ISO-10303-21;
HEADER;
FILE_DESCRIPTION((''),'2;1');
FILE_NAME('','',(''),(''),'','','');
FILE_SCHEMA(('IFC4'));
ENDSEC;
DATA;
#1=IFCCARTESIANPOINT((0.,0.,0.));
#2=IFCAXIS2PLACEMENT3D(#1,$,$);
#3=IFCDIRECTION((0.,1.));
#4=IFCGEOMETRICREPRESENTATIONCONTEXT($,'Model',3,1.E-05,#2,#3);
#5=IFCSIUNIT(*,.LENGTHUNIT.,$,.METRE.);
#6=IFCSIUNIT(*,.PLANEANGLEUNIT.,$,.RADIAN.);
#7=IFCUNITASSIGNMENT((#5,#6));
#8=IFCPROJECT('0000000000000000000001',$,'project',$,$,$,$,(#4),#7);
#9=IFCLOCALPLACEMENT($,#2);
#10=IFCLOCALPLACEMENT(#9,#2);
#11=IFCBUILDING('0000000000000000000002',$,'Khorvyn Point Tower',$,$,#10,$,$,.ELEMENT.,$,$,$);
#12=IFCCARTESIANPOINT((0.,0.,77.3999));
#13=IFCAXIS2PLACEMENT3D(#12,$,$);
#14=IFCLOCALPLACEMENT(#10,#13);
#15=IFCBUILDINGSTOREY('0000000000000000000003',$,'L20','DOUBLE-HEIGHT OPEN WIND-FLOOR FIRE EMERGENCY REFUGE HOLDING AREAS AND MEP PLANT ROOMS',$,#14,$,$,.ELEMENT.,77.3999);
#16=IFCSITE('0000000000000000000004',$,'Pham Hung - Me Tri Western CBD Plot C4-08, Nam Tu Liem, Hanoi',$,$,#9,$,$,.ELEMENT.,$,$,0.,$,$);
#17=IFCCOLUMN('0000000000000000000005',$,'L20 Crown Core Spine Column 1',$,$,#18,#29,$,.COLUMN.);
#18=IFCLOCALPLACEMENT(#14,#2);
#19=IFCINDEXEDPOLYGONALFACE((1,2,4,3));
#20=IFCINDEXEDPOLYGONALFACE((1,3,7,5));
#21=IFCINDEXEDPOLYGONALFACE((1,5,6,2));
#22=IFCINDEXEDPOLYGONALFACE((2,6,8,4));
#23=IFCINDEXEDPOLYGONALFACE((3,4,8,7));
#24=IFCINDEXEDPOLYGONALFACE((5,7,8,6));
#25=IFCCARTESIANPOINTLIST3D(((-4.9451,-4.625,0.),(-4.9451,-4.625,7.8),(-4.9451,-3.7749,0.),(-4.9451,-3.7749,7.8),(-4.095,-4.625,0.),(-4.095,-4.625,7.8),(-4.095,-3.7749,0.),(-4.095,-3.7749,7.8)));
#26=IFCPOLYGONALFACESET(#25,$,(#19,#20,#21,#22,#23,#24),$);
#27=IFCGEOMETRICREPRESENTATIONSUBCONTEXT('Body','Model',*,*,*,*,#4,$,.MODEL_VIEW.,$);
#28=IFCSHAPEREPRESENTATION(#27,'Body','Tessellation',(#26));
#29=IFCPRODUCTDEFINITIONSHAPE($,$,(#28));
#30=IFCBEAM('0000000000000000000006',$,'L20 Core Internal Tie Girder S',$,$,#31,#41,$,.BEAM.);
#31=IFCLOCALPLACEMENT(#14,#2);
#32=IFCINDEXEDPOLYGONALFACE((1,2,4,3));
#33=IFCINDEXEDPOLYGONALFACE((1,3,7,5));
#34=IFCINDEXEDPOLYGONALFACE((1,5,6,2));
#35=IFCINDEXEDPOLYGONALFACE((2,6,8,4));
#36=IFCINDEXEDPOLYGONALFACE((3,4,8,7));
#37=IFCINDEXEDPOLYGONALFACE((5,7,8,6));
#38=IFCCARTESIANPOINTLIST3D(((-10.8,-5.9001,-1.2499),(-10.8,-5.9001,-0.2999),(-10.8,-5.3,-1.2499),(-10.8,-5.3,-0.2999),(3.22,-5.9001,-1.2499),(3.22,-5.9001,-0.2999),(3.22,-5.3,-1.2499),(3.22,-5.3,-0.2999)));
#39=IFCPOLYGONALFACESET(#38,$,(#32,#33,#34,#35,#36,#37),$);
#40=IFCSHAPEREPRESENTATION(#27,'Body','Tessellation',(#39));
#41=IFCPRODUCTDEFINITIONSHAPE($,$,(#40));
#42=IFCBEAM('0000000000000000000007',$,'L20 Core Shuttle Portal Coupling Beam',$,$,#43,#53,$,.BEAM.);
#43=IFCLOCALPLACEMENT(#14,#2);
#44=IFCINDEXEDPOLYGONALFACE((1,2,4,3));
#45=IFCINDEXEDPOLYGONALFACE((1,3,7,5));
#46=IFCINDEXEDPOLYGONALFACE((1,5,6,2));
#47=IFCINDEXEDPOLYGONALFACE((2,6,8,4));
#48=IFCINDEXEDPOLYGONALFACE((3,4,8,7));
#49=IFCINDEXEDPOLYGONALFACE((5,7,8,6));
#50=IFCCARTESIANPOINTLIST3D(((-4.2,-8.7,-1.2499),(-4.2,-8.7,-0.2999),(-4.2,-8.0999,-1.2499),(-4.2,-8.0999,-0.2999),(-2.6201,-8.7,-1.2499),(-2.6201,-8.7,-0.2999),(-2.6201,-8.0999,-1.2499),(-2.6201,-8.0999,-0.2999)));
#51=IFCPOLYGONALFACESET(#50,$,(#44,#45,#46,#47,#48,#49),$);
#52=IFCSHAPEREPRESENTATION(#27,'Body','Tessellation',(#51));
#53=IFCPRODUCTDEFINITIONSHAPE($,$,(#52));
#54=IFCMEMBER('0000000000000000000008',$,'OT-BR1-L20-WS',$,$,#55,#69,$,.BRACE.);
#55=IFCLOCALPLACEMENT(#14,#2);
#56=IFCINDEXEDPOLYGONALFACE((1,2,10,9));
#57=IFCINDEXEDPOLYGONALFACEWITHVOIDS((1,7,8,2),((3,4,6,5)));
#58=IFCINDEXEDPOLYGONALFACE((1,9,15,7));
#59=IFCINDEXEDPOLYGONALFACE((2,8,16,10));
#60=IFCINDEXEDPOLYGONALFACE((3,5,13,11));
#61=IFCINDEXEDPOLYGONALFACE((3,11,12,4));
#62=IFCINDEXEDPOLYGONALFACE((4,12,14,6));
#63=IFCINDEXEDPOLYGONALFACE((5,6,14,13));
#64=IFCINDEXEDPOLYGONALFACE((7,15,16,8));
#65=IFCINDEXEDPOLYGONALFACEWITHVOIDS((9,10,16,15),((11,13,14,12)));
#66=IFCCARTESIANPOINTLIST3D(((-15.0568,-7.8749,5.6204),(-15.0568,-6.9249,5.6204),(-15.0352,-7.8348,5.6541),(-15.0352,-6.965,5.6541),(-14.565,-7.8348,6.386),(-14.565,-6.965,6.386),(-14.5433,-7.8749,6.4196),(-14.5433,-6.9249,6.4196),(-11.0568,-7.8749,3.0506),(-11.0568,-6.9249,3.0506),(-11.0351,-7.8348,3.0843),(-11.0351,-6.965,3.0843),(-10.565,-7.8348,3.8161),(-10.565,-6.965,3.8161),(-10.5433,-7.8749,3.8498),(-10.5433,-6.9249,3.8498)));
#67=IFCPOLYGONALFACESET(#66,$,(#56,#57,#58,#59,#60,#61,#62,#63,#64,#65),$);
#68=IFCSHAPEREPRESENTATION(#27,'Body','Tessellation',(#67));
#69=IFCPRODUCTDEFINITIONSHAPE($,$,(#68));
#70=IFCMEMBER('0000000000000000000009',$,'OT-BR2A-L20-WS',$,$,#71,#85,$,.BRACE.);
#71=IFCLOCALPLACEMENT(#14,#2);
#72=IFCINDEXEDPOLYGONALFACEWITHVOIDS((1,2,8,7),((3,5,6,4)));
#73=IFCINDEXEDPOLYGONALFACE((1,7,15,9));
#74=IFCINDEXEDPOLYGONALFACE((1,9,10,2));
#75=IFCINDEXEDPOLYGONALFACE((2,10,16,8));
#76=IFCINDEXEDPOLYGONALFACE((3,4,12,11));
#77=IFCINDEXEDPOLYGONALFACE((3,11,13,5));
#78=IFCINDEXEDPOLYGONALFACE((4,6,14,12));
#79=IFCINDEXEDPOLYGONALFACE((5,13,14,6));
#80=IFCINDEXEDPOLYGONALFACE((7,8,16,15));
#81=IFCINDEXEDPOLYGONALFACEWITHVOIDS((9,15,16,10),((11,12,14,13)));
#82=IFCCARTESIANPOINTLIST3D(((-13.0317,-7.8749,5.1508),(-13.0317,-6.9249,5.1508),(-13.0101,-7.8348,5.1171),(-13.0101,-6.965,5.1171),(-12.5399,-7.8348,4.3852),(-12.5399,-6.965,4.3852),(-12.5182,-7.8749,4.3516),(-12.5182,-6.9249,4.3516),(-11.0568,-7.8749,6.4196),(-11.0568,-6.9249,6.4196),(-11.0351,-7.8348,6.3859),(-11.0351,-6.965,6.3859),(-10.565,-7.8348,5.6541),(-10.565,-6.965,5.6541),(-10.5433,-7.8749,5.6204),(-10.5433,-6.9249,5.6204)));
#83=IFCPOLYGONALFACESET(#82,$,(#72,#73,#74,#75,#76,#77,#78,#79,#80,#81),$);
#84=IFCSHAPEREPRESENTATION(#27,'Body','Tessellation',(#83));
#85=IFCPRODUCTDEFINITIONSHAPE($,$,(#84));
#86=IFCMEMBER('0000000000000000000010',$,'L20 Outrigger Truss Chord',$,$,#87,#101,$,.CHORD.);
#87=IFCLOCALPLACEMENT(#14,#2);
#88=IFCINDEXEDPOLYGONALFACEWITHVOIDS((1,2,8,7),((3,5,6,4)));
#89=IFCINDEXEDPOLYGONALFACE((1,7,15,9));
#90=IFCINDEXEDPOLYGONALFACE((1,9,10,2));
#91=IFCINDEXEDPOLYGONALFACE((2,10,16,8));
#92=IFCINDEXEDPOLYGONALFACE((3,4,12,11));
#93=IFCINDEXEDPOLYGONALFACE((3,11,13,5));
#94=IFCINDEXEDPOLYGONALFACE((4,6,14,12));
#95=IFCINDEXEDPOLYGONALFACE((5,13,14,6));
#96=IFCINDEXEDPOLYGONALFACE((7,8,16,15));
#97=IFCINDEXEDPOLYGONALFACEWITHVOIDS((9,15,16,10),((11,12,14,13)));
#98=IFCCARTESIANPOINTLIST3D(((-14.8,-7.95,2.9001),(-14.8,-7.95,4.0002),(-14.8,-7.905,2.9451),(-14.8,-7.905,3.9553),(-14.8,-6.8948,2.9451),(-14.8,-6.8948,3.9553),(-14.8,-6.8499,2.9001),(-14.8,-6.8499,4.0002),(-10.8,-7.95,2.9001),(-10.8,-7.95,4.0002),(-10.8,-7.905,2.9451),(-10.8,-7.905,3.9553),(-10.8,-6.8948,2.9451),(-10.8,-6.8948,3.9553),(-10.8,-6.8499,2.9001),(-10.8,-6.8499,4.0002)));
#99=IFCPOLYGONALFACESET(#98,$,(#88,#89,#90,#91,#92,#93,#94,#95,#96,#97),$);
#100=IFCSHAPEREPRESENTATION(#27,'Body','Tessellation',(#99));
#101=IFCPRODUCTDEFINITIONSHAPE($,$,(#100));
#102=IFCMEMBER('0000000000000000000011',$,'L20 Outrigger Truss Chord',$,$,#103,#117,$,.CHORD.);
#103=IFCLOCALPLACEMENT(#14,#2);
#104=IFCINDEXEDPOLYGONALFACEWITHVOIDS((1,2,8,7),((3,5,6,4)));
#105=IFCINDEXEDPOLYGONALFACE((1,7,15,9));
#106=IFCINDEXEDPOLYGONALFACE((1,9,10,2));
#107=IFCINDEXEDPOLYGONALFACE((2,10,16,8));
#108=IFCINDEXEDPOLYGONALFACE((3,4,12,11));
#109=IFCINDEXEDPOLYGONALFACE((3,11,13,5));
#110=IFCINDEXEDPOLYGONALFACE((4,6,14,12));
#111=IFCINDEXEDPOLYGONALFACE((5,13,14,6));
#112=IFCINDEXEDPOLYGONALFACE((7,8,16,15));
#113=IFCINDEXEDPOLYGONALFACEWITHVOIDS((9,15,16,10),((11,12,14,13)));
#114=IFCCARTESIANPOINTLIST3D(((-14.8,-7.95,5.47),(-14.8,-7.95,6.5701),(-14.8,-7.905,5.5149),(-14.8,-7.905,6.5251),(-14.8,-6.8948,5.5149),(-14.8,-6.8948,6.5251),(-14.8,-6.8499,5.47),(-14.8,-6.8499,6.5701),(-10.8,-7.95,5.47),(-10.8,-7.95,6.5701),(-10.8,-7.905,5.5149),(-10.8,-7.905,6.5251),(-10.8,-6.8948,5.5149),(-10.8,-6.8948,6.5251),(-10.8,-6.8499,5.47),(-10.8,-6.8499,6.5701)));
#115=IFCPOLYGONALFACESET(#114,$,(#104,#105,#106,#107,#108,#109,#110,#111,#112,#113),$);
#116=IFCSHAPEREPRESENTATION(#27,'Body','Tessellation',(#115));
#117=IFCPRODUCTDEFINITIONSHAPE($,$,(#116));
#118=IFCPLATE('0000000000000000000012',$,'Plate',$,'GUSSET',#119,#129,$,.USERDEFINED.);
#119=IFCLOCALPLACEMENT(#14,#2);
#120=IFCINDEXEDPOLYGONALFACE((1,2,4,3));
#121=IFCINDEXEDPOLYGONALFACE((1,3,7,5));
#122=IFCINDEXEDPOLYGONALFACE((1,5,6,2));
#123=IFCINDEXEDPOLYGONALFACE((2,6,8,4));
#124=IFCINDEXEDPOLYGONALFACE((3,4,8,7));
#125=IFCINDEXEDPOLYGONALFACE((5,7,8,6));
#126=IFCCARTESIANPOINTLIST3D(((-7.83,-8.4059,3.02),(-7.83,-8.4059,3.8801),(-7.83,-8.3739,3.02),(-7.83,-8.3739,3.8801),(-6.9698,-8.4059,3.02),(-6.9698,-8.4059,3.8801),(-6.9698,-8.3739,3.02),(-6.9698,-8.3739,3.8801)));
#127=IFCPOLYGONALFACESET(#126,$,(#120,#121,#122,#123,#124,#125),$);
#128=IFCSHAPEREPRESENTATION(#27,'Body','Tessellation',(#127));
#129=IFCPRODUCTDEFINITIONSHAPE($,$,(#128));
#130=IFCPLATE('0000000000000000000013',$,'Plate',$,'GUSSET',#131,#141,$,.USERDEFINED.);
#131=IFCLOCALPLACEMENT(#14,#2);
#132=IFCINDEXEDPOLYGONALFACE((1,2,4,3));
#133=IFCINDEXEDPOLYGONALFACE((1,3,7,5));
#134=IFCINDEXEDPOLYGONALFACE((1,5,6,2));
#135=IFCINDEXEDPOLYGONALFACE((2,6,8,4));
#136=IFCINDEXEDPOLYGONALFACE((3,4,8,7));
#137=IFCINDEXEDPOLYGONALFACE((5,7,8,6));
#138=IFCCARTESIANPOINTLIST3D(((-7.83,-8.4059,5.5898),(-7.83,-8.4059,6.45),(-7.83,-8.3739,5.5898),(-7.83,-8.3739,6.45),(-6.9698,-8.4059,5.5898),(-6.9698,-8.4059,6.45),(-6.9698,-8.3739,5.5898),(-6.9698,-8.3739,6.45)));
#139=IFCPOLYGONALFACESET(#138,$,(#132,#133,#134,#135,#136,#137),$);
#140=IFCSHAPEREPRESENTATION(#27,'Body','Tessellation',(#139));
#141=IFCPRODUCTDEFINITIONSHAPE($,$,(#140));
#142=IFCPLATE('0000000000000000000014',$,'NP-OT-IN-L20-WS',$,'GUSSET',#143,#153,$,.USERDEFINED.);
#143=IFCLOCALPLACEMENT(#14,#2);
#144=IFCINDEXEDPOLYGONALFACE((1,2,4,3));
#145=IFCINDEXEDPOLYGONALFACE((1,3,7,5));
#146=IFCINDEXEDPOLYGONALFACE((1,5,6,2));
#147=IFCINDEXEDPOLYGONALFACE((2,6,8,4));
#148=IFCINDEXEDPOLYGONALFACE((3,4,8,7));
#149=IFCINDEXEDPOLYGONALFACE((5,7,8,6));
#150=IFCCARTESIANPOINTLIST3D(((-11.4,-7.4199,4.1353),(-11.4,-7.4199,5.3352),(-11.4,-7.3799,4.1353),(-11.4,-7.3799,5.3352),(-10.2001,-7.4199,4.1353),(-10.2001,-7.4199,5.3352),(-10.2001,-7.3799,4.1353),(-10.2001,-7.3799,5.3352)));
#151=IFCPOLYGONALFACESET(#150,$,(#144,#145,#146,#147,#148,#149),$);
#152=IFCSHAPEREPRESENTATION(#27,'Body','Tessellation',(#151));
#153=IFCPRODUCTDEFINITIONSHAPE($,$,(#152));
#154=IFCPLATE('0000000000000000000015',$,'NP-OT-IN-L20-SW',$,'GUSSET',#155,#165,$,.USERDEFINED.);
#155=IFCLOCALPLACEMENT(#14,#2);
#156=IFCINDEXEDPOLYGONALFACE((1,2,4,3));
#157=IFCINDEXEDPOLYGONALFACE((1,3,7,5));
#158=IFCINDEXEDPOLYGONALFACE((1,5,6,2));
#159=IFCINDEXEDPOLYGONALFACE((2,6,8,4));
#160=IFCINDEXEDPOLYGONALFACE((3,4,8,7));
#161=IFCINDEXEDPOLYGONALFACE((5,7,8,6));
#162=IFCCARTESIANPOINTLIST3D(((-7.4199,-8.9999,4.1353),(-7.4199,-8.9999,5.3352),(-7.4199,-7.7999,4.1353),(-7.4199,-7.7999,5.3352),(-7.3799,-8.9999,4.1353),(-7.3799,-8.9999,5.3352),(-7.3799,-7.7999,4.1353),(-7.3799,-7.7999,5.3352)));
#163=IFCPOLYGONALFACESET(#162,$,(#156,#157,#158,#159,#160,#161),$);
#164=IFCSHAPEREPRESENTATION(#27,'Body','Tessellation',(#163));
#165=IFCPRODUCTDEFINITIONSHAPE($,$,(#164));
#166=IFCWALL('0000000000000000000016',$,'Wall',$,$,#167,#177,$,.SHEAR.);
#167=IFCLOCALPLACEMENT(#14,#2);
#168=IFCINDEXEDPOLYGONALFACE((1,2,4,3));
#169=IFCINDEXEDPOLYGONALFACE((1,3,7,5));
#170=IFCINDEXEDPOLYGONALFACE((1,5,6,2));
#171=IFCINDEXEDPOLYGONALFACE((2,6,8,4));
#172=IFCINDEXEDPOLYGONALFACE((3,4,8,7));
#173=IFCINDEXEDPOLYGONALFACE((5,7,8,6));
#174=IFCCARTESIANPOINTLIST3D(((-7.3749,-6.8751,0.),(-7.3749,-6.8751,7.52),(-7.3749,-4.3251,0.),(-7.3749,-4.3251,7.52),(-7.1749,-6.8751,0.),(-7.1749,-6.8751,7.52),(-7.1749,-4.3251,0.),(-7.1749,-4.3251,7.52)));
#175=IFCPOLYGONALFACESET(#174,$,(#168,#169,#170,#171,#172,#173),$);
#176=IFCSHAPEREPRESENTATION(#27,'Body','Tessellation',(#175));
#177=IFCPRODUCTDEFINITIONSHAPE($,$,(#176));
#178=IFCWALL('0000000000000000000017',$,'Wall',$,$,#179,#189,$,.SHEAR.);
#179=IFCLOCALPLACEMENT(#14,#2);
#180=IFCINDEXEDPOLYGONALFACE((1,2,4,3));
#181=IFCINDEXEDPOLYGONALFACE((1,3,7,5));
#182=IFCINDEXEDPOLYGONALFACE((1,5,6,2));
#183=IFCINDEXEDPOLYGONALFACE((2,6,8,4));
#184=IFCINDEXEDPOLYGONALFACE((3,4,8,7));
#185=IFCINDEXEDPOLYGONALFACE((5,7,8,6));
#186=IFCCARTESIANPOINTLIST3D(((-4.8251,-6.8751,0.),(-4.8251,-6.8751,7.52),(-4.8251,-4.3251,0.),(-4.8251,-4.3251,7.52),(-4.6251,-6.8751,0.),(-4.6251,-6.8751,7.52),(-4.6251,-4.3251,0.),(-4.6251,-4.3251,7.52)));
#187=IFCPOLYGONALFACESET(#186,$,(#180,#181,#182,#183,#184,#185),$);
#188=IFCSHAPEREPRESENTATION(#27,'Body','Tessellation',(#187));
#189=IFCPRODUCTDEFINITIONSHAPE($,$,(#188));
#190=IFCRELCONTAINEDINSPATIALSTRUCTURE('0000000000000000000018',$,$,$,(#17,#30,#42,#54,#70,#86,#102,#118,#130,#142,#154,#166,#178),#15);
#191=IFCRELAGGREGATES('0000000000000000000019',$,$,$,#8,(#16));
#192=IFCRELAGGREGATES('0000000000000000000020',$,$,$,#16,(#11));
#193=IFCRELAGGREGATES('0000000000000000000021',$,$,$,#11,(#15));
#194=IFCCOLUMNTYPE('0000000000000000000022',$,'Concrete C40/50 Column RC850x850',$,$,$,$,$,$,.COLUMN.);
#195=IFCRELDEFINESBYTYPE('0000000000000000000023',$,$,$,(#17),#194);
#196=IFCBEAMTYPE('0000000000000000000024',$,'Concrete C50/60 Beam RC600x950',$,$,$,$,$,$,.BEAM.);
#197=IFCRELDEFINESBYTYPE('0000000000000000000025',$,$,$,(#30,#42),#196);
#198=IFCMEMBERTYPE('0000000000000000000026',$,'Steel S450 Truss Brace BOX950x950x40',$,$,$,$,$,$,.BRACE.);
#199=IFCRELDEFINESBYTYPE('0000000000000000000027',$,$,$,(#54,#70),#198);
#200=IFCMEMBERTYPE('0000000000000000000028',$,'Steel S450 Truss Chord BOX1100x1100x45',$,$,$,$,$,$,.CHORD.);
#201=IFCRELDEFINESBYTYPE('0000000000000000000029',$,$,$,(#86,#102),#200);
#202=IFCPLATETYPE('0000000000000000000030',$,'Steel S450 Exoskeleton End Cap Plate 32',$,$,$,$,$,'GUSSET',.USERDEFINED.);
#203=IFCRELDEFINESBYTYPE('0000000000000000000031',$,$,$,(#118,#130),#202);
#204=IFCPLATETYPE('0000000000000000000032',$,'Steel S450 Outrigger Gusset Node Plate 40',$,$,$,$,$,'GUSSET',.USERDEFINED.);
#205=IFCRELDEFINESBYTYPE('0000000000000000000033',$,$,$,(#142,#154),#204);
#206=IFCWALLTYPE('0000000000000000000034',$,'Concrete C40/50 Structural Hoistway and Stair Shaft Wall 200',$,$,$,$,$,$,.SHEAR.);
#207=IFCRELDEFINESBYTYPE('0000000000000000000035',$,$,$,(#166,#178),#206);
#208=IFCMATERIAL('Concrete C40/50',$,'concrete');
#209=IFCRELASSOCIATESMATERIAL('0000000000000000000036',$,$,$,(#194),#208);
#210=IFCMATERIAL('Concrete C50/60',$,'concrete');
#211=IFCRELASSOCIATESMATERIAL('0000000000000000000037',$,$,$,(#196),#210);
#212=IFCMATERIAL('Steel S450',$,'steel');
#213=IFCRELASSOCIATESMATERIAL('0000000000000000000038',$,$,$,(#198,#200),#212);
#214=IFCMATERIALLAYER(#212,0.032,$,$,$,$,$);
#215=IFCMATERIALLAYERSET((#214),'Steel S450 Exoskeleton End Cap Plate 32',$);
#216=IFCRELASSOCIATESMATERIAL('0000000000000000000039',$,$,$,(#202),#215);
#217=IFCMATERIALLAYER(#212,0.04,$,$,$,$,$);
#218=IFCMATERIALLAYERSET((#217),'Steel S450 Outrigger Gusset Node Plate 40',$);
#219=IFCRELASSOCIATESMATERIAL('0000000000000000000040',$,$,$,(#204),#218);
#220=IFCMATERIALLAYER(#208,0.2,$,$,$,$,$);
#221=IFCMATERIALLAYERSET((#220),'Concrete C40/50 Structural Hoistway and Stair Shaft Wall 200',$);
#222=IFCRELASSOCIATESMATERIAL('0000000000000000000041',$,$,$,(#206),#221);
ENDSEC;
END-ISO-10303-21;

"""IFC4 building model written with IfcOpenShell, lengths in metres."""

from ifc_helpers import new_model, si_unit, direction, frame, frame_2d, origin, origin_2d, place, context, subcontext, project, spatial, rectangle, hollow_rectangle, extrude, material, layer, layer_set, material_profile, profile_set, type_object, element, save


model = new_model("IFC4")

# Units and contexts
model_context = context("Model", 3, precision=1e-05, world=origin(), true_north=direction((0.0, 1.0)))
body_context = subcontext(model_context, "Body", "Model", "MODEL_VIEW")
ifc_project = project(units=[si_unit("LENGTHUNIT", "METRE"), si_unit("PLANEANGLEUNIT", "RADIAN")], contexts=[model_context])

# Site, building, storey
site_placement = place(None, origin())
site = spatial("IfcSite", under=ifc_project, at=site_placement, Name="Pham Hung - Me Tri Western CBD Plot C4-08, Nam Tu Liem, Hanoi", CompositionType="ELEMENT", RefElevation=0.0)
building_placement = place(site_placement, origin())
building = spatial("IfcBuilding", under=site, at=building_placement, Name="Khorvyn Point Tower", CompositionType="ELEMENT")
storey_placement = place(building_placement, frame((0.0, 0.0, 77.3999)))
storey = spatial("IfcBuildingStorey", under=building, at=storey_placement, Name="L20", Description="DOUBLE-HEIGHT OPEN WIND-FLOOR FIRE EMERGENCY REFUGE HOLDING AREAS AND MEP PLANT ROOMS", CompositionType="ELEMENT", Elevation=77.3999)

# Column
ifc_material_1 = material(Name="Concrete C40/50", Category="concrete")
ifc_material_profile_1 = material_profile(ifc_material_1, rectangle(XDim=0.8501, YDim=0.8501, at=origin_2d()))
ifc_profile_set_1 = profile_set([ifc_material_profile_1], Name="Concrete C40/50 RC850x850")
column_type = type_object("IfcColumnType", Name="Concrete C40/50 Column RC850x850", PredefinedType="COLUMN", material=ifc_profile_set_1)
column_placement = place(storey_placement, frame((-4.52, -4.2, 0.0), z_axis=(0.0, 0.0, 1.0), x_axis=(1.0, 0.0, 0.0)))
element("IfcColumn", 1, at=column_placement, inside=storey, type_object=column_type, Name="L20 Crown Core Spine Column 1", PredefinedType="COLUMN", context=body_context, shape_type="SweptSolid", body=[
    extrude(rectangle(XDim=0.8501, YDim=0.8501, at=origin_2d()), origin(), (0.0, 0.0, 1.0), 7.8),
])

# Beams
ifc_material_2 = material(Name="Concrete C50/60", Category="concrete")
ifc_material_profile_2 = material_profile(ifc_material_2, rectangle(XDim=0.6001, YDim=0.95, at=origin_2d()))
ifc_profile_set_2 = profile_set([ifc_material_profile_2], Name="Concrete C50/60 RC600x950")
beam_type = type_object("IfcBeamType", Name="Concrete C50/60 Beam RC600x950", PredefinedType="BEAM", material=ifc_profile_set_2)
beam_1_placement = place(storey_placement, frame((-10.8, -5.6001, -0.7749), z_axis=(1.0, 0.0, 0.0), x_axis=(0.0, 1.0, 0.0)))
element("IfcBeam", 2, at=beam_1_placement, inside=storey, type_object=beam_type, Name="L20 Core Internal Tie Girder S", PredefinedType="BEAM", context=body_context, shape_type="SweptSolid", body=[
    extrude(rectangle(XDim=0.6001, YDim=0.95, at=origin_2d()), origin(), (0.0, 0.0, 1.0), 14.02),
])
beam_2_placement = place(storey_placement, frame((-4.2, -8.3999, -0.7749), z_axis=(1.0, 0.0, 0.0), x_axis=(0.0, 1.0, 0.0)))
element("IfcBeam", 3, at=beam_2_placement, inside=storey, type_object=beam_type, Name="L20 Core Shuttle Portal Coupling Beam", PredefinedType="BEAM", context=body_context, shape_type="SweptSolid", body=[
    extrude(rectangle(XDim=0.6001, YDim=0.95, at=origin_2d()), origin(), (0.0, 0.0, 1.0), 1.5798),
])

# Members
ifc_material_3 = material(Name="Steel S450", Category="steel")
ifc_material_profile_3 = material_profile(ifc_material_3, hollow_rectangle(XDim=0.95, YDim=0.95, WallThickness=0.04, at=origin_2d()))
ifc_profile_set_3 = profile_set([ifc_material_profile_3], Name="Steel S450 BOX950x950x40")
member_type_1 = type_object("IfcMemberType", Name="Steel S450 Truss Brace BOX950x950x40", PredefinedType="BRACE", material=ifc_profile_set_3)
member_1_placement = place(storey_placement, frame((-10.8, -7.3999, 3.4502), z_axis=(-0.841332, 0.0, 0.540519), x_axis=(0.0, -1.0, 0.0)))
element("IfcMember", 4, at=member_1_placement, inside=storey, type_object=member_type_1, Name="OT-BR1-L20-WS", PredefinedType="BRACE", context=body_context, shape_type="SweptSolid", body=[
    extrude(hollow_rectangle(XDim=0.95, YDim=0.95, WallThickness=0.04, at=origin_2d()), origin(), (0.0, 0.0, 1.0), 4.7544),
])
member_2_placement = place(storey_placement, frame((-10.8, -7.3999, 6.02), z_axis=(-0.841324, 0.0, -0.540532), x_axis=(0.0, -1.0, 0.0)))
element("IfcMember", 5, at=member_2_placement, inside=storey, type_object=member_type_1, Name="OT-BR2A-L20-WS", PredefinedType="BRACE", context=body_context, shape_type="SweptSolid", body=[
    extrude(hollow_rectangle(XDim=0.95, YDim=0.95, WallThickness=0.04, at=origin_2d()), origin(), (0.0, 0.0, 1.0), 2.3474),
])
ifc_material_profile_4 = material_profile(ifc_material_3, hollow_rectangle(XDim=1.1001, YDim=1.1001, WallThickness=0.0449, at=origin_2d()))
ifc_profile_set_4 = profile_set([ifc_material_profile_4], Name="Steel S450 BOX1100x1100x45")
member_type_2 = type_object("IfcMemberType", Name="Steel S450 Truss Chord BOX1100x1100x45", PredefinedType="CHORD", material=ifc_profile_set_4)
for number, where, z_axis, x_axis, name in (
    (6, (-10.8, -7.3999, 3.4502), (-1.0, 0.0, 0.0), (0.0, -1.0, 0.0), "L20 Outrigger Truss Chord"),
    (7, (-10.8, -7.3999, 6.02), (-1.0, 0.0, 0.0), (0.0, -1.0, 0.0), "L20 Outrigger Truss Chord"),
):
    element("IfcMember", number, at=place(storey_placement, frame(where, z_axis=z_axis, x_axis=x_axis)), inside=storey, type_object=member_type_2, Name=name, PredefinedType="CHORD", context=body_context, shape_type="SweptSolid", body=[
        extrude(hollow_rectangle(XDim=1.1001, YDim=1.1001, WallThickness=0.0449, at=origin_2d()), origin(), (0.0, 0.0, 1.0), 4.0),
    ])

# Plates
ifc_layer_1 = layer(ifc_material_3, 0.032)
ifc_layer_set_1 = layer_set([ifc_layer_1], Name="Steel S450 Exoskeleton End Cap Plate 32")
plate_type_1 = type_object("IfcPlateType", Name="Steel S450 Exoskeleton End Cap Plate 32", ElementType="GUSSET", PredefinedType="USERDEFINED", material=ifc_layer_set_1)
for number, where, z_axis, x_axis, name in (
    (8, (-7.3999, -8.3899, 3.02), (0.0, 0.0, 1.0), (1.0, 0.0, 0.0), "Plate"),
    (9, (-7.3999, -8.3899, 5.5898), (0.0, 0.0, 1.0), (1.0, 0.0, 0.0), "Plate"),
):
    element("IfcPlate", number, at=place(storey_placement, frame(where, z_axis=z_axis, x_axis=x_axis)), inside=storey, type_object=plate_type_1, Name=name, ObjectType="GUSSET", PredefinedType="USERDEFINED", context=body_context, shape_type="SweptSolid", body=[
        extrude(rectangle(XDim=0.8601, YDim=0.032, at=origin_2d()), origin(), (0.0, 0.0, 1.0), 0.8601),
    ])
ifc_layer_2 = layer(ifc_material_3, 0.04)
ifc_layer_set_2 = layer_set([ifc_layer_2], Name="Steel S450 Outrigger Gusset Node Plate 40")
plate_type_2 = type_object("IfcPlateType", Name="Steel S450 Outrigger Gusset Node Plate 40", ElementType="GUSSET", PredefinedType="USERDEFINED", material=ifc_layer_set_2)
plate_1_placement = place(storey_placement, frame((-10.8, -7.3999, 4.1353), z_axis=(0.0, 0.0, 1.0), x_axis=(1.0, 0.0, 0.0)))
element("IfcPlate", 10, at=plate_1_placement, inside=storey, type_object=plate_type_2, Name="NP-OT-IN-L20-WS", ObjectType="GUSSET", PredefinedType="USERDEFINED", context=body_context, shape_type="SweptSolid", body=[
    extrude(rectangle(XDim=1.2, YDim=0.04, at=origin_2d()), origin(), (0.0, 0.0, 1.0), 1.2),
])
plate_2_placement = place(storey_placement, frame((-7.3999, -8.3999, 4.1353), z_axis=(0.0, 0.0, 1.0), x_axis=(1.0, 0.0, 0.0)))
element("IfcPlate", 11, at=plate_2_placement, inside=storey, type_object=plate_type_2, Name="NP-OT-IN-L20-SW", ObjectType="GUSSET", PredefinedType="USERDEFINED", context=body_context, shape_type="SweptSolid", body=[
    extrude(rectangle(XDim=0.04, YDim=1.2, at=origin_2d()), origin(), (0.0, 0.0, 1.0), 1.2),
])

# Walls
ifc_layer_3 = layer(ifc_material_1, 0.2)
ifc_layer_set_3 = layer_set([ifc_layer_3], Name="Concrete C40/50 Structural Hoistway and Stair Shaft Wall 200")
wall_type_1 = type_object("IfcWallType", Name="Concrete C40/50 Structural Hoistway and Stair Shaft Wall 200", PredefinedType="SHEAR", material=ifc_layer_set_3)
for number, where, z_axis, x_axis, name in (
    (12, (-7.2749, -6.875, 0.0), (0.0, 0.0, 1.0), (0.0, 1.0, 0.0), "Wall"),
    (13, (-4.7251, -6.875, 0.0), (0.0, 0.0, 1.0), (0.0, 1.0, 0.0), "Wall"),
):
    element("IfcWall", number, at=place(storey_placement, frame(where, z_axis=z_axis, x_axis=x_axis)), inside=storey, type_object=wall_type_1, Name=name, PredefinedType="SHEAR", context=body_context, shape_type="SweptSolid", body=[
        extrude(rectangle(XDim=2.55, YDim=0.2, at=frame_2d((1.2749, 0.0))), origin(), (0.0, 0.0, 1.0), 7.52),
    ])

save(model, "model.ifc")
